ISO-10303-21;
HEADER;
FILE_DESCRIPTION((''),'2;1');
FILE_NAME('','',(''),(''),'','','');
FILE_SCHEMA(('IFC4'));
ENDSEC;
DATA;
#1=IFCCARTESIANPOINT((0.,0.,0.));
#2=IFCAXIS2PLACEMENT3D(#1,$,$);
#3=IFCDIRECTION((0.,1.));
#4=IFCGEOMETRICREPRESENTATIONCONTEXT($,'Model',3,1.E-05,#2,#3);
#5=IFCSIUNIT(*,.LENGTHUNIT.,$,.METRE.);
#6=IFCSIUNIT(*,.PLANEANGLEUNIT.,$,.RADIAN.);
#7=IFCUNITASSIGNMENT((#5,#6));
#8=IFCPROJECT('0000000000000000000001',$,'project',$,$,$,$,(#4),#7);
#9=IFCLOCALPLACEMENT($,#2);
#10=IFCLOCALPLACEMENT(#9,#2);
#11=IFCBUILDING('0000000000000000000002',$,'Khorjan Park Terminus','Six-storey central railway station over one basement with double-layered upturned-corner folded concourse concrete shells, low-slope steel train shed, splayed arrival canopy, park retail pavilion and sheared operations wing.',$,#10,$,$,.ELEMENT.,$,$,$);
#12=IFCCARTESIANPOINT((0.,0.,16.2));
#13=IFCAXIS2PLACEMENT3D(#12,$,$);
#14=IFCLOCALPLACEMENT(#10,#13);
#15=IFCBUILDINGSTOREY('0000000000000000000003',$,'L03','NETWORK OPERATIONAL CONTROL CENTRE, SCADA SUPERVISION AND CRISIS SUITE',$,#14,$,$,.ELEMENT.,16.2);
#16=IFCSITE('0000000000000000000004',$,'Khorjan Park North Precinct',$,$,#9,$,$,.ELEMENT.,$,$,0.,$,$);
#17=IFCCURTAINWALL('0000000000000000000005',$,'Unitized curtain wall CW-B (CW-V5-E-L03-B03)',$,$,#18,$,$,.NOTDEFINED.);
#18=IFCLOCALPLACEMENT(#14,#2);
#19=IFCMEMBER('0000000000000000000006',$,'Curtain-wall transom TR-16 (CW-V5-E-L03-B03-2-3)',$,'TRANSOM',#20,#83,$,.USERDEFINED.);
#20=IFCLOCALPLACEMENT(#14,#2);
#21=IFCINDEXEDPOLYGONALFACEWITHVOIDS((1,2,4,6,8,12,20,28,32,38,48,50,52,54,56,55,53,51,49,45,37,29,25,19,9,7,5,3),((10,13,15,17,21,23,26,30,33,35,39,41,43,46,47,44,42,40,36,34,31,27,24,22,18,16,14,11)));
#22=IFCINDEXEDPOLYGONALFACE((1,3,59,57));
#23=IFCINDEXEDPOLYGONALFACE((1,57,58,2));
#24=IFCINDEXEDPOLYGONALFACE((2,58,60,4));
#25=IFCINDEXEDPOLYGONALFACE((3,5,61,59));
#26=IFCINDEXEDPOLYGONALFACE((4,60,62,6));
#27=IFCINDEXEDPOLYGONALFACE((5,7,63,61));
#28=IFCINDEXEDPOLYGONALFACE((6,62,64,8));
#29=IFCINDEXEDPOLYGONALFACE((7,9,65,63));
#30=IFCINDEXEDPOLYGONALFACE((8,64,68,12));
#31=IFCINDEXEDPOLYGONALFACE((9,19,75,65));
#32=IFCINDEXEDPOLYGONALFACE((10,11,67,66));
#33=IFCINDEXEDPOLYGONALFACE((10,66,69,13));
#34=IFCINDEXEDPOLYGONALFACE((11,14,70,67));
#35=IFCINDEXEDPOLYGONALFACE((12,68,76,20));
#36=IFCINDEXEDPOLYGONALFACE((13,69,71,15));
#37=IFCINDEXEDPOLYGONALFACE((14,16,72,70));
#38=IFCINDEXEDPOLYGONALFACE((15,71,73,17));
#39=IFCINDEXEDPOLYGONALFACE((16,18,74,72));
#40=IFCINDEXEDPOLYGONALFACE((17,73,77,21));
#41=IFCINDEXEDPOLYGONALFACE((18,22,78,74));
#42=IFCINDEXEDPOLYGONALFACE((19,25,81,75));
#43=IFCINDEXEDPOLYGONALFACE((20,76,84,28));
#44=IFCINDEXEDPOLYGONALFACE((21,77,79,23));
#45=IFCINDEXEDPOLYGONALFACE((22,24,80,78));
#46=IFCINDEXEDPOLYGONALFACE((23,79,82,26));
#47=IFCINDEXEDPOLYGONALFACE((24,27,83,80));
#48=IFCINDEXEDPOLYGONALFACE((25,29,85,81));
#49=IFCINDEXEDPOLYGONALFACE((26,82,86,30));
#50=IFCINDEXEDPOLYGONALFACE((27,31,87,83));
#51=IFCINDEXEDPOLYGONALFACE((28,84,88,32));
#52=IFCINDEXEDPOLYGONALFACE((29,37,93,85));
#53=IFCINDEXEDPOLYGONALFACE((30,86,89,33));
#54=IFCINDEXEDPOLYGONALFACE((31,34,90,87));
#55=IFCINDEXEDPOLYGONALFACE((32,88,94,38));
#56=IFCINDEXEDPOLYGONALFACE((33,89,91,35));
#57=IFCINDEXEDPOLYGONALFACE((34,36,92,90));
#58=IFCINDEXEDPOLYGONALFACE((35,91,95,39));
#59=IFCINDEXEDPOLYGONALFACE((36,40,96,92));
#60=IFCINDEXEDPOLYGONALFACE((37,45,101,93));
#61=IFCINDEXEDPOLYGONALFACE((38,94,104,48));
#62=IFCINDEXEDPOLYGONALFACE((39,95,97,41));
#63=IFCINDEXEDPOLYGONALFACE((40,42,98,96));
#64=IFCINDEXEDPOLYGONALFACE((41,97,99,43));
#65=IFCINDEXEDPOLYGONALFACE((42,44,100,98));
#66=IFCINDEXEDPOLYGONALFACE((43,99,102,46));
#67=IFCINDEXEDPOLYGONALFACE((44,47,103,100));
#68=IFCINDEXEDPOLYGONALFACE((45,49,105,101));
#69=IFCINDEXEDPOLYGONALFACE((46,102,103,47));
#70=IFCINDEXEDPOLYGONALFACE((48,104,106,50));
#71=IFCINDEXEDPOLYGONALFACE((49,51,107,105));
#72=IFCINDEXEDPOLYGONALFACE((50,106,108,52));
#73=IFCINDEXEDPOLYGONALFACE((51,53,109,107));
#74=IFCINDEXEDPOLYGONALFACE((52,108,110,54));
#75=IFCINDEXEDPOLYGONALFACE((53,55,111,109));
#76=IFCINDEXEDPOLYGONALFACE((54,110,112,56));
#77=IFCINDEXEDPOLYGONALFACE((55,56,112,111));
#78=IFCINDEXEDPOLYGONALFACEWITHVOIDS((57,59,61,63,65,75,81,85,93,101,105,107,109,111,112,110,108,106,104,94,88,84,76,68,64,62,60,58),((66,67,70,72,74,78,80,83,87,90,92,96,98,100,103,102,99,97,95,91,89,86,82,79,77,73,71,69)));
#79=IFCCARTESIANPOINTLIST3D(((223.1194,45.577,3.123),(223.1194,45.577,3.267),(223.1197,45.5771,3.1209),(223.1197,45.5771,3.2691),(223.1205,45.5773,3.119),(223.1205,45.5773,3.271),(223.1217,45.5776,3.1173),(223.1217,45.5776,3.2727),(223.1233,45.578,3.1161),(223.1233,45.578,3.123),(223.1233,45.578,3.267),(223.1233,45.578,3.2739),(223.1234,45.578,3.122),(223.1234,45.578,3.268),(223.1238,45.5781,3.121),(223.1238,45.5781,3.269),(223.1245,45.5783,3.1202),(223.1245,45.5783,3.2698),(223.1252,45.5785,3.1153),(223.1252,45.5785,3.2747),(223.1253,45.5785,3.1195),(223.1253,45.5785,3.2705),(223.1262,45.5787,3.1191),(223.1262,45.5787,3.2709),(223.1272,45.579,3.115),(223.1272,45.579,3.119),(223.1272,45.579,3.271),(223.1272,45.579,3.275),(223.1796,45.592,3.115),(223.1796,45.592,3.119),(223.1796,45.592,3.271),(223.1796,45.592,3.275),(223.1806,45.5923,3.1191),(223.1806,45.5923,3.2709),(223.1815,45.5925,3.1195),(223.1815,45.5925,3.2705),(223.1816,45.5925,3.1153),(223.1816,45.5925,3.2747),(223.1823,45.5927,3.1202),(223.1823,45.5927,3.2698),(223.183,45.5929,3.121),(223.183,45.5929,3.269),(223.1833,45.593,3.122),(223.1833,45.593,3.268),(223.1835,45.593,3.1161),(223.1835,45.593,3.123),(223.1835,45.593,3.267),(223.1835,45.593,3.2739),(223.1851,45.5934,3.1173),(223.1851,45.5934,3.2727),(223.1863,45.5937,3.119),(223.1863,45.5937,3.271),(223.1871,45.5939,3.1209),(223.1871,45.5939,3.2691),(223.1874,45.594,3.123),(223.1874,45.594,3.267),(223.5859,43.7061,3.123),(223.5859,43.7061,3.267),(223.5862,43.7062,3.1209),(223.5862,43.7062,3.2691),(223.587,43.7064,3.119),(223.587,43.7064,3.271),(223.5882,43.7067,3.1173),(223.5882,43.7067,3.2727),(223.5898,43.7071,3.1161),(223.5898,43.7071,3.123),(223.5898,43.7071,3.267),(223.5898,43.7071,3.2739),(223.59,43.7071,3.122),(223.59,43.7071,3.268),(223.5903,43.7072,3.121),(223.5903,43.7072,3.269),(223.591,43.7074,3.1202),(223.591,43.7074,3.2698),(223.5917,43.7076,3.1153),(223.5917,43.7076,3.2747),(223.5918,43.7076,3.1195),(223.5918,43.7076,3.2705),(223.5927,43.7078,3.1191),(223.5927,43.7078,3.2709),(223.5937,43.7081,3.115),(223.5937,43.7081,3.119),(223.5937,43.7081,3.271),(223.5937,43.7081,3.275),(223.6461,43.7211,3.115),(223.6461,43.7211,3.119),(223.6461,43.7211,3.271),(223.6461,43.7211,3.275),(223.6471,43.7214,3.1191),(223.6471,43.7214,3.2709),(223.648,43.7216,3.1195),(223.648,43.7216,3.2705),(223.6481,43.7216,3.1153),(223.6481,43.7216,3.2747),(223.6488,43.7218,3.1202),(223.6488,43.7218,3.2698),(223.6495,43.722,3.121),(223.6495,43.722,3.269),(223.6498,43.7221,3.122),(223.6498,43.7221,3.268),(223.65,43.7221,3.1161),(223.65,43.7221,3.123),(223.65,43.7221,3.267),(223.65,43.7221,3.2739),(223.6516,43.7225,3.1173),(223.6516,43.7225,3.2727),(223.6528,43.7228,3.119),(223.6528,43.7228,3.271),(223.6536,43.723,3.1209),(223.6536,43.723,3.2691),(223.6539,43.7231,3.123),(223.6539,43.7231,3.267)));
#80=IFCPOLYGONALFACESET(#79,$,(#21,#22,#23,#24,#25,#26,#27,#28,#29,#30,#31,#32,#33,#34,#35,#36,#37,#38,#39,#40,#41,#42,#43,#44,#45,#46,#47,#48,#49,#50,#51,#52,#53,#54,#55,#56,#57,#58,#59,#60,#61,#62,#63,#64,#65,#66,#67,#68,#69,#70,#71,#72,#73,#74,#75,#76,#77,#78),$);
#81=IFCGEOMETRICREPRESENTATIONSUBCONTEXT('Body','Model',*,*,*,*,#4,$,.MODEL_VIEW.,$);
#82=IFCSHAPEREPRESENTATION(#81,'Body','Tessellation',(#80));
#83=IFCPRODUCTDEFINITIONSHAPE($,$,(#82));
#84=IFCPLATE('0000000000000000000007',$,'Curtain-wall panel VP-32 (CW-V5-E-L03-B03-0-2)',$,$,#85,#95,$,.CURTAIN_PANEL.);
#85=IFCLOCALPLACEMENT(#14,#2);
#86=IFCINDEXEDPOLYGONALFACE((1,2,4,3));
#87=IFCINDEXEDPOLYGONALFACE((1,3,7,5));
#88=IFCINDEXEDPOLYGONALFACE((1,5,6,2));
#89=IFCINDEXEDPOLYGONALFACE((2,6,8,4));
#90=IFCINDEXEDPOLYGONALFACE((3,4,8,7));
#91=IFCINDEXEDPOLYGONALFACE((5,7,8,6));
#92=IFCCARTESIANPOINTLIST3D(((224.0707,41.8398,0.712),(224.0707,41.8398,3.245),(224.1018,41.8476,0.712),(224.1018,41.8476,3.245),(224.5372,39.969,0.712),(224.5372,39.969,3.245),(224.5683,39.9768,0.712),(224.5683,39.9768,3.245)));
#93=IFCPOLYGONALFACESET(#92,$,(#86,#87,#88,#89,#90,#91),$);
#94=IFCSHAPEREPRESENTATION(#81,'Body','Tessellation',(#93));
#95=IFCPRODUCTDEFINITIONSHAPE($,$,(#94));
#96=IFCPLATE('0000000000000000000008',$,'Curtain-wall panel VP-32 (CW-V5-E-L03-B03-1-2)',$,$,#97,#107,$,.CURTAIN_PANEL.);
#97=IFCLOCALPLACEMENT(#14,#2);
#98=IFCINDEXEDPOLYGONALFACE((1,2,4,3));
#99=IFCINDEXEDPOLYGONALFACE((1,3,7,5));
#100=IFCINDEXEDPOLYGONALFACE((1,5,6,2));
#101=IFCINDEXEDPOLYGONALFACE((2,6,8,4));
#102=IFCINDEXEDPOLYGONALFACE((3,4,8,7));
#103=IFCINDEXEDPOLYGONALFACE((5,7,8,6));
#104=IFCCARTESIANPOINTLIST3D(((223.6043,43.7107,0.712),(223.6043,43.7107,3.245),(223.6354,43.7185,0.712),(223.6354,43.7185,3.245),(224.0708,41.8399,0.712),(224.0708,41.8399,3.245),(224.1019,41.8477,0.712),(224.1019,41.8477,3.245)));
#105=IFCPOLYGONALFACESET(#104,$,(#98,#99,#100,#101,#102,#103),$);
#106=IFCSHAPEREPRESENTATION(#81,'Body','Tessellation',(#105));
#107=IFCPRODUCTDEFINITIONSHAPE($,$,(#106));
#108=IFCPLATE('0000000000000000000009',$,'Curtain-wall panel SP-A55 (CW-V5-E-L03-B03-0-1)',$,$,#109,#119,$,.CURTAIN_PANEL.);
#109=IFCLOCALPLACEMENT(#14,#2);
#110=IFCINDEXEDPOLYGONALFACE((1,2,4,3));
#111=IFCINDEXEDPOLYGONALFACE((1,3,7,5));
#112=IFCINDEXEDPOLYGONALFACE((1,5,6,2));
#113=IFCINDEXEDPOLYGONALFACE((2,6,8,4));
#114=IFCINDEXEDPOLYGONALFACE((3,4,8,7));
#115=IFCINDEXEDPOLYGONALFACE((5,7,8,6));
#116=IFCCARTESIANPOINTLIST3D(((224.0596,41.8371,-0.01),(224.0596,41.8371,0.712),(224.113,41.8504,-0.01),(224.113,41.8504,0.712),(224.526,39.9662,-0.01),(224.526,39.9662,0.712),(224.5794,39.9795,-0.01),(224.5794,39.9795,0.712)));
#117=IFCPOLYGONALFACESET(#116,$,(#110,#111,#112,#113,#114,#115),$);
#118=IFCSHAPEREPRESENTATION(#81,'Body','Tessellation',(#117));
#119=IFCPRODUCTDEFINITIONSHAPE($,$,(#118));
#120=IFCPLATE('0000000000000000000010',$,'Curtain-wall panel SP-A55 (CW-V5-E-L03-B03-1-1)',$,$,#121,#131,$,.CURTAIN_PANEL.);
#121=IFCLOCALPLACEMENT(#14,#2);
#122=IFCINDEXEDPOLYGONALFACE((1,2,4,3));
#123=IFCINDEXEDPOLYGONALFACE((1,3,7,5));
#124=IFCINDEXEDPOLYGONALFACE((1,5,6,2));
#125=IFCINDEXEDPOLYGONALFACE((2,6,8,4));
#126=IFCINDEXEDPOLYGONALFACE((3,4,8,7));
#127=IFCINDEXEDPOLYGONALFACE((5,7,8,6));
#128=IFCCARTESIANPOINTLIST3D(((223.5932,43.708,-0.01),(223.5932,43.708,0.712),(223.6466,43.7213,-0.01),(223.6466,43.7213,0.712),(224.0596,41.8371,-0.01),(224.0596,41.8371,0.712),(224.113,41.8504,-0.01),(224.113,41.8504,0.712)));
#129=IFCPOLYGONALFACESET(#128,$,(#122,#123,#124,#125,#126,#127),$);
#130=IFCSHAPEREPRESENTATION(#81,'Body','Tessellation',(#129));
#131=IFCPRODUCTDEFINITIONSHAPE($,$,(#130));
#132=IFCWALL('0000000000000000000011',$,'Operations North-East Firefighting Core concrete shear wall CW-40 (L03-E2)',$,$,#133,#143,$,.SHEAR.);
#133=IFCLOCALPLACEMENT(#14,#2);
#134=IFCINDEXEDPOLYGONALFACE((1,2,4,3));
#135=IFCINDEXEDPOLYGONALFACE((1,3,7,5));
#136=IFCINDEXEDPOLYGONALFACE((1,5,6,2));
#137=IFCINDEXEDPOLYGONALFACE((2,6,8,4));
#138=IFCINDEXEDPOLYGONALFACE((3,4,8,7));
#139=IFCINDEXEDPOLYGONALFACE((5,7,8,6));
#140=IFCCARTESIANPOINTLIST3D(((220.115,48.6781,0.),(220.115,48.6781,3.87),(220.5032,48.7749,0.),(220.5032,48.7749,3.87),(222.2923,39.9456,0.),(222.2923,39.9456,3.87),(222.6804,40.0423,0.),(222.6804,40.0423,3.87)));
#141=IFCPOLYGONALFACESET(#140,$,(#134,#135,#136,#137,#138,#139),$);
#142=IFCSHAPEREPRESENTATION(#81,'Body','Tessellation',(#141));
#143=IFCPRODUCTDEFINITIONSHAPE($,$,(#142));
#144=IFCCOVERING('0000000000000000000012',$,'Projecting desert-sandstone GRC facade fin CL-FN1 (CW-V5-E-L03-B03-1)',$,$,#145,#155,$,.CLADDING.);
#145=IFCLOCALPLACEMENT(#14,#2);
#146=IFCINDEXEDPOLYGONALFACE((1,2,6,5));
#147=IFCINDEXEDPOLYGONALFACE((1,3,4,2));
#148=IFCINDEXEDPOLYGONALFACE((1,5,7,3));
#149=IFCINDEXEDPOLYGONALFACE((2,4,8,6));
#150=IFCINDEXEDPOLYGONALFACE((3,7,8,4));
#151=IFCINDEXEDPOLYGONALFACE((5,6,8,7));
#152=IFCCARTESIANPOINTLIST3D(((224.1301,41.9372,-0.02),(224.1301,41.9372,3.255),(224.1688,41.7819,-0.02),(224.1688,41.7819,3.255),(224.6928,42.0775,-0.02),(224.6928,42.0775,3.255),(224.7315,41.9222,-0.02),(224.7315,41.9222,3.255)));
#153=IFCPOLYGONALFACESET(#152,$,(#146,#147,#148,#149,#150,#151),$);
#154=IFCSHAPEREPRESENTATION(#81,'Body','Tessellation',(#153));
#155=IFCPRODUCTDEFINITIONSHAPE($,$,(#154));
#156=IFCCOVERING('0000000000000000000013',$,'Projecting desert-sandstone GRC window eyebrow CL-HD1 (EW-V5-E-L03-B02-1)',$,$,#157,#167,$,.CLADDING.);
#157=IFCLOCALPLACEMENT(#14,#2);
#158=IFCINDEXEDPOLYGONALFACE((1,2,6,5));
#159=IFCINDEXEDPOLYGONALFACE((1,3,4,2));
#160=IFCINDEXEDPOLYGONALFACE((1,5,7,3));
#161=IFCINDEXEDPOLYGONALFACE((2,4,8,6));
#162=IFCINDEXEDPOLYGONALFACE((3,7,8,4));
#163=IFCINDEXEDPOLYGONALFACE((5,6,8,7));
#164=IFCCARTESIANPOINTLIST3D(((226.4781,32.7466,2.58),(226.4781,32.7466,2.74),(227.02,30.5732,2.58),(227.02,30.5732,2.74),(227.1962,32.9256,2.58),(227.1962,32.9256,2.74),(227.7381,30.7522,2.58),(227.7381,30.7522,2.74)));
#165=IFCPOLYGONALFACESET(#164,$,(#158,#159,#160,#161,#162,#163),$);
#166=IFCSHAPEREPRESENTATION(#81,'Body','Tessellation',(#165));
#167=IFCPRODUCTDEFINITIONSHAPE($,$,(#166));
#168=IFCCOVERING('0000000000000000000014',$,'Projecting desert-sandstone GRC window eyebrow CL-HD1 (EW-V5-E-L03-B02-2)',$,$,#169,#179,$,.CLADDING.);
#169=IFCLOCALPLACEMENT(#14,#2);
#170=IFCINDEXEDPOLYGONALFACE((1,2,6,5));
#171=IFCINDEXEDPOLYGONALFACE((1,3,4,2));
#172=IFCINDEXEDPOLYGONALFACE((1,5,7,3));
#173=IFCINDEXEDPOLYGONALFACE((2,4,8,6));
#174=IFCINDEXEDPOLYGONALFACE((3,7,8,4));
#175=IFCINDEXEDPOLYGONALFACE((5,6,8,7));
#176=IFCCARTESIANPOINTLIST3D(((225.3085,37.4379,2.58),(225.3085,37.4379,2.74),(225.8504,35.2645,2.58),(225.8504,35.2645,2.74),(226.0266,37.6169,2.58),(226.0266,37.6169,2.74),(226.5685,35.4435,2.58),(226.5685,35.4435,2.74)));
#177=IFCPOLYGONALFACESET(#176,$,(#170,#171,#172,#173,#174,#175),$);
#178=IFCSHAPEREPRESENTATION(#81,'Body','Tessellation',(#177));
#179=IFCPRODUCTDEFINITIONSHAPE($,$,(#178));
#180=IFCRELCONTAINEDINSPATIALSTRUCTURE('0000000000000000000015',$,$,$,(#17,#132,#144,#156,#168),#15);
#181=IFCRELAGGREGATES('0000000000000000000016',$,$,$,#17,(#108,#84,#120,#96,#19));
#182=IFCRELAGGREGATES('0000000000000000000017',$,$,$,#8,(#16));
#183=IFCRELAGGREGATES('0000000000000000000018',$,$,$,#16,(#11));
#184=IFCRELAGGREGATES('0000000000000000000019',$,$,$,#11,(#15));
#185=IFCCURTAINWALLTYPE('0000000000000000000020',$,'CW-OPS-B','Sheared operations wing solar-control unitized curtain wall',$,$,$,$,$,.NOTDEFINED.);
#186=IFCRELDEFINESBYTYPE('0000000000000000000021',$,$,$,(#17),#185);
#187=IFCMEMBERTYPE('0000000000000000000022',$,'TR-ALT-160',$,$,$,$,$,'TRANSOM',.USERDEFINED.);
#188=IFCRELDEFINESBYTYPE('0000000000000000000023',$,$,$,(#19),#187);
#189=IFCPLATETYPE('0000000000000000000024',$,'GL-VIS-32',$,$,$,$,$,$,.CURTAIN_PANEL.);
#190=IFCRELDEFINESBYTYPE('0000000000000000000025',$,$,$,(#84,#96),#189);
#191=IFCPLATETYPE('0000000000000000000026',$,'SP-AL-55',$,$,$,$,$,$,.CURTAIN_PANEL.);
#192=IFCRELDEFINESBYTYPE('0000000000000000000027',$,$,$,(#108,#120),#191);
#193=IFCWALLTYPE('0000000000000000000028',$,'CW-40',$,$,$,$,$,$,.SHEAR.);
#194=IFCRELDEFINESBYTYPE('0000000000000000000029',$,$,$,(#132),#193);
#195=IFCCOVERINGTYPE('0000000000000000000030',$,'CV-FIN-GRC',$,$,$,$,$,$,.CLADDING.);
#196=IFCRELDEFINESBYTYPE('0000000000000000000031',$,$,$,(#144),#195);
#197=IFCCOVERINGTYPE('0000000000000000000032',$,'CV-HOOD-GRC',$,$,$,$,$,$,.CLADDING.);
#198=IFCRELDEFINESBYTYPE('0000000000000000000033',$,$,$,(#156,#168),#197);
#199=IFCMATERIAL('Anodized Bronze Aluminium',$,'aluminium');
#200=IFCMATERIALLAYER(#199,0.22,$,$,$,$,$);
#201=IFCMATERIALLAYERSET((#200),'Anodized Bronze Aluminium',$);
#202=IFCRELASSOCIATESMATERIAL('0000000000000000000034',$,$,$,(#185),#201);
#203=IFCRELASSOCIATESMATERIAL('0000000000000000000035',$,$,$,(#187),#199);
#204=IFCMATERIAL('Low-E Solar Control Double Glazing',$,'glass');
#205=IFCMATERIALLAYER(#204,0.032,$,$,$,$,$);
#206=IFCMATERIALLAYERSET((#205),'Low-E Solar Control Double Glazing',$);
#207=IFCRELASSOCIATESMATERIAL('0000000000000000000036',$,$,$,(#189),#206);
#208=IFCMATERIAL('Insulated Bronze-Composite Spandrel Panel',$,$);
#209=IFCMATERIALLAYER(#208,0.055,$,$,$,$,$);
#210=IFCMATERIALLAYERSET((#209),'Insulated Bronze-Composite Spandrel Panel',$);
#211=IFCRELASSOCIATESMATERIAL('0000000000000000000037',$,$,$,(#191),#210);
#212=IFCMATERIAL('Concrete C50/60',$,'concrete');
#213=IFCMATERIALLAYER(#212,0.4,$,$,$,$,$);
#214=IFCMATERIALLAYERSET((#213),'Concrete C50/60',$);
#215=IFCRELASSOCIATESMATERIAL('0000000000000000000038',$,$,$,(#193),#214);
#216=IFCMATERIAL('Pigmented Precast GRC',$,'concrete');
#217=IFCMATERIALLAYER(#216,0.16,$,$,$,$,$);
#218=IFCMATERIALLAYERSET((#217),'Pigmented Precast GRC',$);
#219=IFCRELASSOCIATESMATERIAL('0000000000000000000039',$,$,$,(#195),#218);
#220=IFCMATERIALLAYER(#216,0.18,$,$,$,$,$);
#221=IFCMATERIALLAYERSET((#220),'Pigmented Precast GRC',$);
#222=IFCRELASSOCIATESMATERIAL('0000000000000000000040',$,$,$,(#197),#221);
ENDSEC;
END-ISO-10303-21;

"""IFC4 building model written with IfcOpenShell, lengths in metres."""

from ifc_helpers import new_model, si_unit, direction, frame, frame_2d, origin, origin_2d, place, context, subcontext, project, spatial, rectangle, hollow_rectangle, extrude, material, layer, layer_set, material_profile, profile_set, type_object, element, aggregate, save


model = new_model("IFC4")

# Units and contexts
model_context = context("Model", 3, precision=1e-05, world=origin(), true_north=direction((0.0, 1.0)))
body_context = subcontext(model_context, "Body", "Model", "MODEL_VIEW")
ifc_project = project(units=[si_unit("LENGTHUNIT", "METRE"), si_unit("PLANEANGLEUNIT", "RADIAN")], contexts=[model_context])

# Site, building, storey
site_placement = place(None, origin())
site = spatial("IfcSite", under=ifc_project, at=site_placement, Name="Khorjan Park North Precinct", CompositionType="ELEMENT", RefElevation=0.0)
building_placement = place(site_placement, origin())
building = spatial("IfcBuilding", under=site, at=building_placement, Name="Khorjan Park Terminus", Description="Six-storey central railway station over one basement with double-layered upturned-corner folded concourse concrete shells, low-slope steel train shed, splayed arrival canopy, park retail pavilion and sheared operations wing.", CompositionType="ELEMENT")
storey_placement = place(building_placement, frame((0.0, 0.0, 16.2)))
storey = spatial("IfcBuildingStorey", under=building, at=storey_placement, Name="L03", Description="NETWORK OPERATIONAL CONTROL CENTRE, SCADA SUPERVISION AND CRISIS SUITE", CompositionType="ELEMENT", Elevation=16.2)

# Shared definitions
ifc_material_1 = material(Name="Concrete C50/60", Category="concrete")

# Curtain wall, member, plates
ifc_material_2 = material(Name="Anodized Bronze Aluminium", Category="aluminium")
ifc_layer_1 = layer(ifc_material_2, 0.22)
ifc_layer_set_1 = layer_set([ifc_layer_1], Name="Anodized Bronze Aluminium")
curtain_wall_type = type_object("IfcCurtainWallType", Name="CW-OPS-B", Description="Sheared operations wing solar-control unitized curtain wall", PredefinedType="NOTDEFINED", material=ifc_layer_set_1)
curtain_wall_placement = place(storey_placement, origin())
curtain_wall = element("IfcCurtainWall", 1, at=curtain_wall_placement, inside=storey, type_object=curtain_wall_type, Name="Unitized curtain wall CW-B (CW-V5-E-L03-B03)", PredefinedType="NOTDEFINED")
ifc_material_profile_1 = material_profile(ifc_material_2, hollow_rectangle(XDim=0.07, YDim=0.16, WallThickness=0.004, InnerFilletRadius=0.004, OuterFilletRadius=0.008, at=origin_2d()), Name="ALT 70x160x4")
ifc_profile_set_1 = profile_set([ifc_material_profile_1], Name="Anodized Bronze Aluminium")
member_type_1 = type_object("IfcMemberType", Name="TR-ALT-160", ElementType="TRANSOM", PredefinedType="USERDEFINED", material=ifc_profile_set_1)
member_1_placement = place(storey_placement, frame((223.6199, 43.7146, 3.195), z_axis=(-0.241938, 0.970292, 0.0), x_axis=(-0.970292, -0.241938, 0.0)))
member_1 = element("IfcMember", 2, at=member_1_placement, type_object=member_type_1, Name="Curtain-wall transom TR-16 (CW-V5-E-L03-B03-2-3)", ObjectType="TRANSOM", PredefinedType="USERDEFINED", context=body_context, shape_type="SweptSolid", body=[
    extrude(hollow_rectangle(XDim=0.07, YDim=0.16, WallThickness=0.004, InnerFilletRadius=0.004, OuterFilletRadius=0.008, at=origin_2d()), origin(), (0.0, 0.0, 1.0), 1.9282),
])
ifc_material_3 = material(Name="Low-E Solar Control Double Glazing", Category="glass")
ifc_layer_2 = layer(ifc_material_3, 0.032)
ifc_layer_set_2 = layer_set([ifc_layer_2], Name="Low-E Solar Control Double Glazing")
plate_type_1 = type_object("IfcPlateType", Name="GL-VIS-32", PredefinedType="CURTAIN_PANEL", material=ifc_layer_set_2)
plate_1_placement = place(storey_placement, frame((224.3195, 40.9083, 0.712), z_axis=(0.0, 0.0, 1.0), x_axis=(-0.241923, 0.970295, 0.0)))
plate_1 = element("IfcPlate", 3, at=plate_1_placement, type_object=plate_type_1, Name="Curtain-wall panel VP-32 (CW-V5-E-L03-B03-0-2)", PredefinedType="CURTAIN_PANEL", context=body_context, shape_type="SweptSolid", body=[
    extrude(rectangle(XDim=1.9281, YDim=0.032, at=origin_2d()), origin(), (0.0, 0.0, 1.0), 2.533),
])
plate_2_placement = place(storey_placement, frame((223.8531, 42.7792, 0.712), z_axis=(0.0, 0.0, 1.0), x_axis=(-0.241923, 0.970295, 0.0)))
plate_2 = element("IfcPlate", 4, at=plate_2_placement, type_object=plate_type_1, Name="Curtain-wall panel VP-32 (CW-V5-E-L03-B03-1-2)", PredefinedType="CURTAIN_PANEL", context=body_context, shape_type="SweptSolid", body=[
    extrude(rectangle(XDim=1.9281, YDim=0.032, at=origin_2d()), origin(), (0.0, 0.0, 1.0), 2.533),
])
ifc_material_4 = material(Name="Insulated Bronze-Composite Spandrel Panel")
ifc_layer_3 = layer(ifc_material_4, 0.055)
ifc_layer_set_3 = layer_set([ifc_layer_3], Name="Insulated Bronze-Composite Spandrel Panel")
plate_type_2 = type_object("IfcPlateType", Name="SP-AL-55", PredefinedType="CURTAIN_PANEL", material=ifc_layer_set_3)
plate_3_placement = place(storey_placement, frame((224.3195, 40.9083, -0.01), z_axis=(0.0, 0.0, 1.0), x_axis=(-0.241923, 0.970295, 0.0)))
plate_3 = element("IfcPlate", 5, at=plate_3_placement, type_object=plate_type_2, Name="Curtain-wall panel SP-A55 (CW-V5-E-L03-B03-0-1)", PredefinedType="CURTAIN_PANEL", context=body_context, shape_type="SweptSolid", body=[
    extrude(rectangle(XDim=1.9281, YDim=0.055, at=origin_2d()), origin(), (0.0, 0.0, 1.0), 0.722),
])
plate_4_placement = place(storey_placement, frame((223.8531, 42.7792, -0.01), z_axis=(0.0, 0.0, 1.0), x_axis=(-0.241923, 0.970295, 0.0)))
plate_4 = element("IfcPlate", 6, at=plate_4_placement, type_object=plate_type_2, Name="Curtain-wall panel SP-A55 (CW-V5-E-L03-B03-1-1)", PredefinedType="CURTAIN_PANEL", context=body_context, shape_type="SweptSolid", body=[
    extrude(rectangle(XDim=1.9281, YDim=0.055, at=origin_2d()), origin(), (0.0, 0.0, 1.0), 0.722),
])
aggregate(curtain_wall, [plate_3, plate_1, plate_4, plate_2, member_1])

# Wall
ifc_layer_4 = layer(ifc_material_1, 0.4)
ifc_layer_set_4 = layer_set([ifc_layer_4], Name="Concrete C50/60")
wall_type = type_object("IfcWallType", Name="CW-40", PredefinedType="SHEAR", material=ifc_layer_set_4)
wall_placement = place(storey_placement, frame((222.4864, 39.9939, 0.0), z_axis=(0.0, 0.0, 1.0), x_axis=(-0.241924, 0.970295, 0.0)))
element("IfcWall", 7, at=wall_placement, inside=storey, type_object=wall_type, Name="Operations North-East Firefighting Core concrete shear wall CW-40 (L03-E2)", PredefinedType="SHEAR", context=body_context, shape_type="SweptSolid", body=[
    extrude(rectangle(XDim=8.9999, YDim=0.4, at=frame_2d((4.5, 0.0))), origin(), (0.0, 0.0, 1.0), 3.87),
])

# Coverings
ifc_material_5 = material(Name="Pigmented Precast GRC", Category="concrete")
ifc_layer_5 = layer(ifc_material_5, 0.16)
ifc_layer_set_5 = layer_set([ifc_layer_5], Name="Pigmented Precast GRC")
covering_type_1 = type_object("IfcCoveringType", Name="CV-FIN-GRC", PredefinedType="CLADDING", material=ifc_layer_set_5)
covering_placement = place(storey_placement, frame((224.4308, 41.9297, -0.02), z_axis=(0.0, 0.0, 1.0), x_axis=(-0.970296, -0.241922, 0.0)))
element("IfcCovering", 8, at=covering_placement, inside=storey, type_object=covering_type_1, Name="Projecting desert-sandstone GRC facade fin CL-FN1 (CW-V5-E-L03-B03-1)", PredefinedType="CLADDING", context=body_context, shape_type="SweptSolid", body=[
    extrude(rectangle(XDim=0.58, YDim=0.16, at=origin_2d()), origin(), (0.0, 0.0, 1.0), 3.275),
])
ifc_layer_6 = layer(ifc_material_5, 0.18)
ifc_layer_set_6 = layer_set([ifc_layer_6], Name="Pigmented Precast GRC")
covering_type_2 = type_object("IfcCoveringType", Name="CV-HOOD-GRC", PredefinedType="CLADDING", material=ifc_layer_set_6)
for number, where, z_axis, x_axis, name in (
    (9, (227.1081, 31.7494, 2.58), (0.0, 0.0, 1.0), (-0.24192, 0.970296, 0.0), "Projecting desert-sandstone GRC window eyebrow CL-HD1 (EW-V5-E-L03-B02-1)"),
    (10, (225.9385, 36.4407, 2.58), (0.0, 0.0, 1.0), (-0.24192, 0.970296, 0.0), "Projecting desert-sandstone GRC window eyebrow CL-HD1 (EW-V5-E-L03-B02-2)"),
):
    element("IfcCovering", number, at=place(storey_placement, frame(where, z_axis=z_axis, x_axis=x_axis)), inside=storey, type_object=covering_type_2, Name=name, PredefinedType="CLADDING", context=body_context, shape_type="SweptSolid", body=[
        extrude(rectangle(XDim=2.24, YDim=0.74, at=origin_2d()), origin(), (0.0, 0.0, 1.0), 0.16),
    ])

save(model, "model.ifc")
